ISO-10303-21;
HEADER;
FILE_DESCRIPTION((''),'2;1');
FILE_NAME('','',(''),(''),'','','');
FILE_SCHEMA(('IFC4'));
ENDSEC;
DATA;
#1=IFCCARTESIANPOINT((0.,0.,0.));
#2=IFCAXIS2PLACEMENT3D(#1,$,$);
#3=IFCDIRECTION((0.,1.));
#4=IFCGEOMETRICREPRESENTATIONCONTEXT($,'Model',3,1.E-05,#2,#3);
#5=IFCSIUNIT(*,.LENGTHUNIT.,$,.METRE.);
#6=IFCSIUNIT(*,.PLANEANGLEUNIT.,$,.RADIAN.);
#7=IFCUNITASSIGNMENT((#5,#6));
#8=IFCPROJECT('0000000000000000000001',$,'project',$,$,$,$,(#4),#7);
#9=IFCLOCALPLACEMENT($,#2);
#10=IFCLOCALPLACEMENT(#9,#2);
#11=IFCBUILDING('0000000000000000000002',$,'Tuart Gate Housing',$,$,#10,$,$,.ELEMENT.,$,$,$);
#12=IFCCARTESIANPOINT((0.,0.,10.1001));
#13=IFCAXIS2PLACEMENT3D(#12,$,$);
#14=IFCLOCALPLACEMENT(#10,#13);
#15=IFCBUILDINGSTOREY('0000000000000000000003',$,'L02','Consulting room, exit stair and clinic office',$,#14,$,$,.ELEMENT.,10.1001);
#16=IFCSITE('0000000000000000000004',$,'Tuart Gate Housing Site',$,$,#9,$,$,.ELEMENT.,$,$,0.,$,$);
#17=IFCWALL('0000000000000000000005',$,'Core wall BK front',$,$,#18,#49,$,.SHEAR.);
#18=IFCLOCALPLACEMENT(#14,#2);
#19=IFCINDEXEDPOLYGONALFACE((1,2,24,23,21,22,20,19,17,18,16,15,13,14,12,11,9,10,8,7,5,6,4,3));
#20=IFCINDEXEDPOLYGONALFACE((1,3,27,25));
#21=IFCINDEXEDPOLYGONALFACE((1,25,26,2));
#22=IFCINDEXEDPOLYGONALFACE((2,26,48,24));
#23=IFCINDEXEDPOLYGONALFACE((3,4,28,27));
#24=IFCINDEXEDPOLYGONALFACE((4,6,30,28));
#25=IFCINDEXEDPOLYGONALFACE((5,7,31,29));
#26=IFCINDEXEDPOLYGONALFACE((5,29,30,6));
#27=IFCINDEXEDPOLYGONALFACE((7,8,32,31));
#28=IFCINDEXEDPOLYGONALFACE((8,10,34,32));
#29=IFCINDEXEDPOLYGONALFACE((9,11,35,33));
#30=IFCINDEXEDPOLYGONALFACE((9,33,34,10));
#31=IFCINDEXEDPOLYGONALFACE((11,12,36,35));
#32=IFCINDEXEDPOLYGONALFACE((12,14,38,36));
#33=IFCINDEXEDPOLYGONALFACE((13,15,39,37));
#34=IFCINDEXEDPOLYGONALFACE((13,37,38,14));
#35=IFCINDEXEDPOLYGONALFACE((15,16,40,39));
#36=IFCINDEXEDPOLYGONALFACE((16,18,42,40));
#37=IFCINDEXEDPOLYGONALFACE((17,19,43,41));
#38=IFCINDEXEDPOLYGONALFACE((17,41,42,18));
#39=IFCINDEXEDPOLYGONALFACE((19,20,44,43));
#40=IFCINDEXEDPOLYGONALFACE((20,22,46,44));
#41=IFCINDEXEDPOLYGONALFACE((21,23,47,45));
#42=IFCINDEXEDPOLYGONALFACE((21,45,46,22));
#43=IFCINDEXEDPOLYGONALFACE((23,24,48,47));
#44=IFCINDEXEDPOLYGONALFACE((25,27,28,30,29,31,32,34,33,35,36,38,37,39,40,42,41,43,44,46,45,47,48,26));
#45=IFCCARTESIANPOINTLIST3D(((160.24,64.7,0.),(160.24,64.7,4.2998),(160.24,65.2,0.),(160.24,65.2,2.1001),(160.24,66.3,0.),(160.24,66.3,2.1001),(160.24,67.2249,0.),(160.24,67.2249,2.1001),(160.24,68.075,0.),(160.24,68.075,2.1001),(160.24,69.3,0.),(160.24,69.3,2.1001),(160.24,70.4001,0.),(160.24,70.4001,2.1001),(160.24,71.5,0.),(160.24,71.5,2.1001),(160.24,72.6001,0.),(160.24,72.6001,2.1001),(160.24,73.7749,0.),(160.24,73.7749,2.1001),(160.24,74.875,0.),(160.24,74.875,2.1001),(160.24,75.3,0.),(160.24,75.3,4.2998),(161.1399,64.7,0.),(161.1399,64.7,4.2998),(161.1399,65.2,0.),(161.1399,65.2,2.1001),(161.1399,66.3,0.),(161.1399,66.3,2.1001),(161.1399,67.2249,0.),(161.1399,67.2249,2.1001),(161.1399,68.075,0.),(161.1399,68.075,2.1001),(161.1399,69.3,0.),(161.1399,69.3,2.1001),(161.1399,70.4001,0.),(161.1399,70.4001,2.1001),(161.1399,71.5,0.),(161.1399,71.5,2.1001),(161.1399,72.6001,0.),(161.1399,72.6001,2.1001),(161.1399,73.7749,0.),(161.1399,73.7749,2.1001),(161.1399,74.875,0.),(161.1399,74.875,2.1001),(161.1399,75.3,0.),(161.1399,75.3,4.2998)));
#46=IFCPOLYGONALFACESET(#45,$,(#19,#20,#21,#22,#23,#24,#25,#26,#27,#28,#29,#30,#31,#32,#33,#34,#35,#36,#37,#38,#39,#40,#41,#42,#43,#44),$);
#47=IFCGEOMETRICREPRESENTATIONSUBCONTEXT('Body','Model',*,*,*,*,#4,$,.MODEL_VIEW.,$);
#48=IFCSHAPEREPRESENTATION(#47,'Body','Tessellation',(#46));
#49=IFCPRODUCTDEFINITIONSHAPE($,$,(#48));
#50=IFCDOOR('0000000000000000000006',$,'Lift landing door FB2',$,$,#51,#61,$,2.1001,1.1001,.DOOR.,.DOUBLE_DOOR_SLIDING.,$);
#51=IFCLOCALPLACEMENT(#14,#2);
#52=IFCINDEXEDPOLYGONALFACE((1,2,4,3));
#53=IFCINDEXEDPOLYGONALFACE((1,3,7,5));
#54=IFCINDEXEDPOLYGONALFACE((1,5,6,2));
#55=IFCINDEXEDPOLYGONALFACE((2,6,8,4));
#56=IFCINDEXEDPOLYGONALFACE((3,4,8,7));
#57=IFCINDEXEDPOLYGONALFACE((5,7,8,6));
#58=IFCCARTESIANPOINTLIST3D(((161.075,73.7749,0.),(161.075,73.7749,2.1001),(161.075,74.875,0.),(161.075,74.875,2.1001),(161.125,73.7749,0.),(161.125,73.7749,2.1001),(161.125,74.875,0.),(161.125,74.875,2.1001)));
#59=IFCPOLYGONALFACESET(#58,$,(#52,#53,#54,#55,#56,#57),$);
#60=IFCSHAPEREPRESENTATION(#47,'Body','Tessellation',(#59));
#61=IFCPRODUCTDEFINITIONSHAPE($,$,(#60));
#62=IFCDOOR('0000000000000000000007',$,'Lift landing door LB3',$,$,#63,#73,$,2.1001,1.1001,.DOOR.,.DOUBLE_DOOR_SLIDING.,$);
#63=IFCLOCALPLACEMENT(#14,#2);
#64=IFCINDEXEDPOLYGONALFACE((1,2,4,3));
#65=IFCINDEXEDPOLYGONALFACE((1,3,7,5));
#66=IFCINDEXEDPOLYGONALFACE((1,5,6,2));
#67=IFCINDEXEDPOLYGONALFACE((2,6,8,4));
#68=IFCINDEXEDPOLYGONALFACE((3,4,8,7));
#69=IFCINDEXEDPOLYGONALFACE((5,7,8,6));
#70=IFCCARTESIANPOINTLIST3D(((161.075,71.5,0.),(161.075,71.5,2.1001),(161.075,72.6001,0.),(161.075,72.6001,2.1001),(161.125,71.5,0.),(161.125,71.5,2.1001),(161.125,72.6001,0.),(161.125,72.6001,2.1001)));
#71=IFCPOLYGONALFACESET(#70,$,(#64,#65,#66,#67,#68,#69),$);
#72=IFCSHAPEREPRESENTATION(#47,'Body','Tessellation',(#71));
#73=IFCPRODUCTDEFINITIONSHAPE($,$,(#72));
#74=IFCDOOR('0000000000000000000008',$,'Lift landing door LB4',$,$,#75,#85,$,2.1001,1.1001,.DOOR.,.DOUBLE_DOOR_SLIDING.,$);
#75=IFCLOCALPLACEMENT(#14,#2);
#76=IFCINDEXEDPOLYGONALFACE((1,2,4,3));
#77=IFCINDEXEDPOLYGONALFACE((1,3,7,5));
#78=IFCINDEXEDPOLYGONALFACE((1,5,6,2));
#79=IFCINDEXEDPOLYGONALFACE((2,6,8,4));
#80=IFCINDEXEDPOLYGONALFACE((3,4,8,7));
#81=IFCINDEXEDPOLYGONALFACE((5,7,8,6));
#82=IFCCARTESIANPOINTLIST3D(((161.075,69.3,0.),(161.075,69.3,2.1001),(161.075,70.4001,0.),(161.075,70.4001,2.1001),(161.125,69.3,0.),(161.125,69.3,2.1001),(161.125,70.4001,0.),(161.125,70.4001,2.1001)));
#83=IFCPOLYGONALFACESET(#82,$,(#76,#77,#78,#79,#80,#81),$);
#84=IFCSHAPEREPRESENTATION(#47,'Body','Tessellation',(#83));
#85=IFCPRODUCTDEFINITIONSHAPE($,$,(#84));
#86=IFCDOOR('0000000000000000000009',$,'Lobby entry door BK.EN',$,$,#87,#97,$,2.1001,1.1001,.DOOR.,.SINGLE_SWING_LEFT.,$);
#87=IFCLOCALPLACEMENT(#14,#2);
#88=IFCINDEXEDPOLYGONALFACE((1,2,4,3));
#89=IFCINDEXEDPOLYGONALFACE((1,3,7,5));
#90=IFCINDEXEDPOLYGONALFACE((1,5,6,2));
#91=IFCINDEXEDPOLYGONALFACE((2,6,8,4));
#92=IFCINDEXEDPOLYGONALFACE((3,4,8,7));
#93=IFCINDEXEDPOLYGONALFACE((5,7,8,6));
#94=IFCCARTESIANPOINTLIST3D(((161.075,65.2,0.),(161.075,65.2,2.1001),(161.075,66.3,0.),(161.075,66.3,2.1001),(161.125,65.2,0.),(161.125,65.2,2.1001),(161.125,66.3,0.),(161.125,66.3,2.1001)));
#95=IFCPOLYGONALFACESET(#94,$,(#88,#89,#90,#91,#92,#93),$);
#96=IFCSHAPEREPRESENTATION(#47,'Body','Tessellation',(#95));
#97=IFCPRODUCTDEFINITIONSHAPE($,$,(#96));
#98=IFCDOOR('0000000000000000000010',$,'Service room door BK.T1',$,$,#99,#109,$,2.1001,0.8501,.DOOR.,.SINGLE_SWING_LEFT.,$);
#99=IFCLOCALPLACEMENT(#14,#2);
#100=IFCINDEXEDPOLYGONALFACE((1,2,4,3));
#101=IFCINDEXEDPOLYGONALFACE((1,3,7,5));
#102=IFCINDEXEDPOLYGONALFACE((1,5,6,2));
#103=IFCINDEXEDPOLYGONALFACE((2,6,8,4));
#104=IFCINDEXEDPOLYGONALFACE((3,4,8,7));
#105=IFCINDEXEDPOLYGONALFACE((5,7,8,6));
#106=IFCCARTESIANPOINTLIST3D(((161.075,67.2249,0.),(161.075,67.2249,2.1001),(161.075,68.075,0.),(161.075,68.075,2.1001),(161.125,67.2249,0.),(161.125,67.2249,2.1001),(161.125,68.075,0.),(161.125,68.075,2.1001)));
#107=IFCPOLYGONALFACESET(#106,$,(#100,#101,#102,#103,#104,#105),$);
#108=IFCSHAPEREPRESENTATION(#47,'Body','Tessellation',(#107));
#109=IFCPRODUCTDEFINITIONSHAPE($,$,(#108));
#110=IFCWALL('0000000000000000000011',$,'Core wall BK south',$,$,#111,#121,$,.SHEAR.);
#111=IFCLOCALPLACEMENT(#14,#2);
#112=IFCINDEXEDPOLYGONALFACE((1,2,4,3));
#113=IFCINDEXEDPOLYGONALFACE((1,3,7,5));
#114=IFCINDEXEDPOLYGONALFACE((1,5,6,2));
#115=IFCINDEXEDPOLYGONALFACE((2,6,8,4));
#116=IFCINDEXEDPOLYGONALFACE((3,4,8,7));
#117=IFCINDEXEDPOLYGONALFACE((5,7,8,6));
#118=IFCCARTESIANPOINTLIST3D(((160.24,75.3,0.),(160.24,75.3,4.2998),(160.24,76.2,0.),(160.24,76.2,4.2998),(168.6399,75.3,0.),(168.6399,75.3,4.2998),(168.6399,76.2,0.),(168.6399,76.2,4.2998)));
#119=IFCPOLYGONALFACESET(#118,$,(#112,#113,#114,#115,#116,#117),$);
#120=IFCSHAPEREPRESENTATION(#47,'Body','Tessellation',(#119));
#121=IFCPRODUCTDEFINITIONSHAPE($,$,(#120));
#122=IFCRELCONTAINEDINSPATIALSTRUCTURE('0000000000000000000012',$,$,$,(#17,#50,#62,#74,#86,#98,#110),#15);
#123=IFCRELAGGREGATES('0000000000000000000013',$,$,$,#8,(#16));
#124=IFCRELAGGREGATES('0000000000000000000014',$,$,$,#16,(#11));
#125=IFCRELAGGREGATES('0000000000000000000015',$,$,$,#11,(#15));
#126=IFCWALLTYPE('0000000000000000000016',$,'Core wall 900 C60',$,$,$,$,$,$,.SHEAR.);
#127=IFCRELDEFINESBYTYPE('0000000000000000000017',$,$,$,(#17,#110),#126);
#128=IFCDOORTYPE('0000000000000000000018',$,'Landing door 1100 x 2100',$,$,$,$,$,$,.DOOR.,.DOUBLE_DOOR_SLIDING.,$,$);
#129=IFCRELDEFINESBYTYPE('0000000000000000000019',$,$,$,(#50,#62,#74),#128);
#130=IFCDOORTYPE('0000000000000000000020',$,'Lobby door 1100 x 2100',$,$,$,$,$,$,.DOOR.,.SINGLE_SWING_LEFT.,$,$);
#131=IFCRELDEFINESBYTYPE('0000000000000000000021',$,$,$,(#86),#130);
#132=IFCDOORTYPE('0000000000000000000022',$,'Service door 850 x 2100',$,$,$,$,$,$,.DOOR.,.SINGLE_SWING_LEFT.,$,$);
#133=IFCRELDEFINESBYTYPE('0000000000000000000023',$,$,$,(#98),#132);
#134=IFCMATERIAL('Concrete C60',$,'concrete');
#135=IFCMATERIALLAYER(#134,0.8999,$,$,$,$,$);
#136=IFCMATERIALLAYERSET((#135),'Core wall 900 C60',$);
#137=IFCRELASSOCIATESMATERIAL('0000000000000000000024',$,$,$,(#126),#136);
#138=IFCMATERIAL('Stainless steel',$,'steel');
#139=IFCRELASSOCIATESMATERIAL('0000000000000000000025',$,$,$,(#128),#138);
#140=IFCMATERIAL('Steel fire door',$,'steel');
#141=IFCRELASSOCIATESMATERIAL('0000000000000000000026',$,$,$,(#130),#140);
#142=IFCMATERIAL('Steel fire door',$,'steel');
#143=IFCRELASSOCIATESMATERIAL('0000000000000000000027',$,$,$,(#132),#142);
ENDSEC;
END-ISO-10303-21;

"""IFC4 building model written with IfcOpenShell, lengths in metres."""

from ifc_helpers import new_model, si_unit, direction, frame, frame_2d, origin, place, context, subcontext, project, spatial, rectangle, extrude, material, layer, layer_set, type_object, element, fill, save


model = new_model("IFC4")

# Units and contexts
model_context = context("Model", 3, precision=1e-05, world=origin(), true_north=direction((0.0, 1.0)))
body_context = subcontext(model_context, "Body", "Model", "MODEL_VIEW")
ifc_project = project(units=[si_unit("LENGTHUNIT", "METRE"), si_unit("PLANEANGLEUNIT", "RADIAN")], contexts=[model_context])

# Site, building, storey
site_placement = place(None, origin())
site = spatial("IfcSite", under=ifc_project, at=site_placement, Name="Tuart Gate Housing Site", CompositionType="ELEMENT", RefElevation=0.0)
building_placement = place(site_placement, origin())
building = spatial("IfcBuilding", under=site, at=building_placement, Name="Tuart Gate Housing", CompositionType="ELEMENT")
storey_placement = place(building_placement, frame((0.0, 0.0, 10.1001)))
storey = spatial("IfcBuildingStorey", under=building, at=storey_placement, Name="L02", Description="Consulting room, exit stair and clinic office", CompositionType="ELEMENT", Elevation=10.1001)

# Wall, openings, doors
ifc_material_1 = material(Name="Concrete C60", Category="concrete")
ifc_layer_1 = layer(ifc_material_1, 0.8999)
ifc_layer_set_1 = layer_set([ifc_layer_1], Name="Core wall 900 C60")
wall_type_1 = type_object("IfcWallType", Name="Core wall 900 C60", PredefinedType="SHEAR", material=ifc_layer_set_1)
wall_1_placement = place(storey_placement, frame((160.6899, 75.3, 0.0), z_axis=(0.0, 0.0, 1.0), x_axis=(0.0, -1.0, 0.0)))
wall_1 = element("IfcWall", 1, at=wall_1_placement, inside=storey, type_object=wall_type_1, Name="Core wall BK front", PredefinedType="SHEAR", context=body_context, shape_type="SweptSolid", body=[
    extrude(rectangle(XDim=10.6001, YDim=0.8999, at=frame_2d((5.3, 0.0))), origin(), (0.0, 0.0, 1.0), 4.2998),
])
opening_1_placement = place(wall_1_placement, frame((0.425, 0.0, 0.0)))
opening_1 = element("IfcOpeningElement", 2, at=opening_1_placement, cuts=wall_1, PredefinedType="OPENING", context=body_context, shape_type="SweptSolid", body=[
    extrude(rectangle(XDim=1.1001, YDim=2.1001, at=frame_2d((0.55, 1.05))), frame((0.0, 0.46, 0.0), z_axis=(0.0, -1.0, 0.0), x_axis=(1.0, 0.0, 0.0)), (0.0, 0.0, 1.0), 0.9199),
])
opening_2_placement = place(wall_1_placement, frame((2.7, 0.0, 0.0)))
opening_2 = element("IfcOpeningElement", 3, at=opening_2_placement, cuts=wall_1, PredefinedType="OPENING", context=body_context, shape_type="SweptSolid", body=[
    extrude(rectangle(XDim=1.1001, YDim=2.1001, at=frame_2d((0.55, 1.05))), frame((0.0, 0.46, 0.0), z_axis=(0.0, -1.0, 0.0), x_axis=(1.0, 0.0, 0.0)), (0.0, 0.0, 1.0), 0.9199),
])
opening_3_placement = place(wall_1_placement, frame((4.8999, 0.0, 0.0)))
opening_3 = element("IfcOpeningElement", 4, at=opening_3_placement, cuts=wall_1, PredefinedType="OPENING", context=body_context, shape_type="SweptSolid", body=[
    extrude(rectangle(XDim=1.1001, YDim=2.1001, at=frame_2d((0.55, 1.05))), frame((0.0, 0.46, 0.0), z_axis=(0.0, -1.0, 0.0), x_axis=(1.0, 0.0, 0.0)), (0.0, 0.0, 1.0), 0.9199),
])
opening_4_placement = place(wall_1_placement, frame((9.0, 0.0, 0.0)))
opening_4 = element("IfcOpeningElement", 5, at=opening_4_placement, cuts=wall_1, PredefinedType="OPENING", context=body_context, shape_type="SweptSolid", body=[
    extrude(rectangle(XDim=1.1001, YDim=2.1001, at=frame_2d((0.55, 1.05))), frame((0.0, 0.46, 0.0), z_axis=(0.0, -1.0, 0.0), x_axis=(1.0, 0.0, 0.0)), (0.0, 0.0, 1.0), 0.9199),
])
opening_5_placement = place(wall_1_placement, frame((7.2251, 0.0, 0.0)))
opening_5 = element("IfcOpeningElement", 6, at=opening_5_placement, cuts=wall_1, PredefinedType="OPENING", context=body_context, shape_type="SweptSolid", body=[
    extrude(rectangle(XDim=0.8501, YDim=2.1001, at=frame_2d((0.425, 1.05))), frame((0.0, 0.46, 0.0), z_axis=(0.0, -1.0, 0.0), x_axis=(1.0, 0.0, 0.0)), (0.0, 0.0, 1.0), 0.9199),
])
ifc_material_2 = material(Name="Stainless steel", Category="steel")
door_type_1 = type_object("IfcDoorType", Name="Landing door 1100 x 2100", OperationType="DOUBLE_DOOR_SLIDING", PredefinedType="DOOR", material=ifc_material_2)
door_1_placement = place(opening_1_placement, origin())
door_1 = element("IfcDoor", 7, at=door_1_placement, inside=storey, type_object=door_type_1, Name="Lift landing door FB2", OperationType="DOUBLE_DOOR_SLIDING", OverallHeight=2.1001, OverallWidth=1.1001, PredefinedType="DOOR", context=body_context, shape_type="SweptSolid", body=[
    extrude(rectangle(XDim=1.1001, YDim=2.1001, at=frame_2d((0.55, 1.05))), frame((0.0, 0.4351, 0.0), z_axis=(0.0, -1.0, 0.0), x_axis=(1.0, 0.0, 0.0)), (0.0, 0.0, 1.0), 0.05),
])
fill(opening_1, door_1)
door_2_placement = place(opening_2_placement, origin())
door_2 = element("IfcDoor", 8, at=door_2_placement, inside=storey, type_object=door_type_1, Name="Lift landing door LB3", OperationType="DOUBLE_DOOR_SLIDING", OverallHeight=2.1001, OverallWidth=1.1001, PredefinedType="DOOR", context=body_context, shape_type="SweptSolid", body=[
    extrude(rectangle(XDim=1.1001, YDim=2.1001, at=frame_2d((0.55, 1.05))), frame((0.0, 0.4351, 0.0), z_axis=(0.0, -1.0, 0.0), x_axis=(1.0, 0.0, 0.0)), (0.0, 0.0, 1.0), 0.05),
])
fill(opening_2, door_2)
door_3_placement = place(opening_3_placement, origin())
door_3 = element("IfcDoor", 9, at=door_3_placement, inside=storey, type_object=door_type_1, Name="Lift landing door LB4", OperationType="DOUBLE_DOOR_SLIDING", OverallHeight=2.1001, OverallWidth=1.1001, PredefinedType="DOOR", context=body_context, shape_type="SweptSolid", body=[
    extrude(rectangle(XDim=1.1001, YDim=2.1001, at=frame_2d((0.55, 1.05))), frame((0.0, 0.4351, 0.0), z_axis=(0.0, -1.0, 0.0), x_axis=(1.0, 0.0, 0.0)), (0.0, 0.0, 1.0), 0.05),
])
fill(opening_3, door_3)
ifc_material_3 = material(Name="Steel fire door", Category="steel")
door_type_2 = type_object("IfcDoorType", Name="Lobby door 1100 x 2100", OperationType="SINGLE_SWING_LEFT", PredefinedType="DOOR", material=ifc_material_3)
door_4_placement = place(opening_4_placement, origin())
door_4 = element("IfcDoor", 10, at=door_4_placement, inside=storey, type_object=door_type_2, Name="Lobby entry door BK.EN", OperationType="SINGLE_SWING_LEFT", OverallHeight=2.1001, OverallWidth=1.1001, PredefinedType="DOOR", context=body_context, shape_type="SweptSolid", body=[
    extrude(rectangle(XDim=1.1001, YDim=2.1001, at=frame_2d((0.55, 1.05))), frame((0.0, 0.4351, 0.0), z_axis=(0.0, -1.0, 0.0), x_axis=(1.0, 0.0, 0.0)), (0.0, 0.0, 1.0), 0.05),
])
fill(opening_4, door_4)
ifc_material_4 = material(Name="Steel fire door", Category="steel")
door_type_3 = type_object("IfcDoorType", Name="Service door 850 x 2100", OperationType="SINGLE_SWING_LEFT", PredefinedType="DOOR", material=ifc_material_4)
door_5_placement = place(opening_5_placement, origin())
door_5 = element("IfcDoor", 11, at=door_5_placement, inside=storey, type_object=door_type_3, Name="Service room door BK.T1", OperationType="SINGLE_SWING_LEFT", OverallHeight=2.1001, OverallWidth=0.8501, PredefinedType="DOOR", context=body_context, shape_type="SweptSolid", body=[
    extrude(rectangle(XDim=0.8501, YDim=2.1001, at=frame_2d((0.425, 1.05))), frame((0.0, 0.4351, 0.0), z_axis=(0.0, -1.0, 0.0), x_axis=(1.0, 0.0, 0.0)), (0.0, 0.0, 1.0), 0.05),
])
fill(opening_5, door_5)

# Wall
wall_2_placement = place(storey_placement, frame((160.24, 75.75, 0.0), z_axis=(0.0, 0.0, 1.0), x_axis=(1.0, 0.0, 0.0)))
element("IfcWall", 12, at=wall_2_placement, inside=storey, type_object=wall_type_1, Name="Core wall BK south", PredefinedType="SHEAR", context=body_context, shape_type="SweptSolid", body=[
    extrude(rectangle(XDim=8.3999, YDim=0.8999, at=frame_2d((4.2, 0.0))), origin(), (0.0, 0.0, 1.0), 4.2998),
])

save(model, "model.ifc")
